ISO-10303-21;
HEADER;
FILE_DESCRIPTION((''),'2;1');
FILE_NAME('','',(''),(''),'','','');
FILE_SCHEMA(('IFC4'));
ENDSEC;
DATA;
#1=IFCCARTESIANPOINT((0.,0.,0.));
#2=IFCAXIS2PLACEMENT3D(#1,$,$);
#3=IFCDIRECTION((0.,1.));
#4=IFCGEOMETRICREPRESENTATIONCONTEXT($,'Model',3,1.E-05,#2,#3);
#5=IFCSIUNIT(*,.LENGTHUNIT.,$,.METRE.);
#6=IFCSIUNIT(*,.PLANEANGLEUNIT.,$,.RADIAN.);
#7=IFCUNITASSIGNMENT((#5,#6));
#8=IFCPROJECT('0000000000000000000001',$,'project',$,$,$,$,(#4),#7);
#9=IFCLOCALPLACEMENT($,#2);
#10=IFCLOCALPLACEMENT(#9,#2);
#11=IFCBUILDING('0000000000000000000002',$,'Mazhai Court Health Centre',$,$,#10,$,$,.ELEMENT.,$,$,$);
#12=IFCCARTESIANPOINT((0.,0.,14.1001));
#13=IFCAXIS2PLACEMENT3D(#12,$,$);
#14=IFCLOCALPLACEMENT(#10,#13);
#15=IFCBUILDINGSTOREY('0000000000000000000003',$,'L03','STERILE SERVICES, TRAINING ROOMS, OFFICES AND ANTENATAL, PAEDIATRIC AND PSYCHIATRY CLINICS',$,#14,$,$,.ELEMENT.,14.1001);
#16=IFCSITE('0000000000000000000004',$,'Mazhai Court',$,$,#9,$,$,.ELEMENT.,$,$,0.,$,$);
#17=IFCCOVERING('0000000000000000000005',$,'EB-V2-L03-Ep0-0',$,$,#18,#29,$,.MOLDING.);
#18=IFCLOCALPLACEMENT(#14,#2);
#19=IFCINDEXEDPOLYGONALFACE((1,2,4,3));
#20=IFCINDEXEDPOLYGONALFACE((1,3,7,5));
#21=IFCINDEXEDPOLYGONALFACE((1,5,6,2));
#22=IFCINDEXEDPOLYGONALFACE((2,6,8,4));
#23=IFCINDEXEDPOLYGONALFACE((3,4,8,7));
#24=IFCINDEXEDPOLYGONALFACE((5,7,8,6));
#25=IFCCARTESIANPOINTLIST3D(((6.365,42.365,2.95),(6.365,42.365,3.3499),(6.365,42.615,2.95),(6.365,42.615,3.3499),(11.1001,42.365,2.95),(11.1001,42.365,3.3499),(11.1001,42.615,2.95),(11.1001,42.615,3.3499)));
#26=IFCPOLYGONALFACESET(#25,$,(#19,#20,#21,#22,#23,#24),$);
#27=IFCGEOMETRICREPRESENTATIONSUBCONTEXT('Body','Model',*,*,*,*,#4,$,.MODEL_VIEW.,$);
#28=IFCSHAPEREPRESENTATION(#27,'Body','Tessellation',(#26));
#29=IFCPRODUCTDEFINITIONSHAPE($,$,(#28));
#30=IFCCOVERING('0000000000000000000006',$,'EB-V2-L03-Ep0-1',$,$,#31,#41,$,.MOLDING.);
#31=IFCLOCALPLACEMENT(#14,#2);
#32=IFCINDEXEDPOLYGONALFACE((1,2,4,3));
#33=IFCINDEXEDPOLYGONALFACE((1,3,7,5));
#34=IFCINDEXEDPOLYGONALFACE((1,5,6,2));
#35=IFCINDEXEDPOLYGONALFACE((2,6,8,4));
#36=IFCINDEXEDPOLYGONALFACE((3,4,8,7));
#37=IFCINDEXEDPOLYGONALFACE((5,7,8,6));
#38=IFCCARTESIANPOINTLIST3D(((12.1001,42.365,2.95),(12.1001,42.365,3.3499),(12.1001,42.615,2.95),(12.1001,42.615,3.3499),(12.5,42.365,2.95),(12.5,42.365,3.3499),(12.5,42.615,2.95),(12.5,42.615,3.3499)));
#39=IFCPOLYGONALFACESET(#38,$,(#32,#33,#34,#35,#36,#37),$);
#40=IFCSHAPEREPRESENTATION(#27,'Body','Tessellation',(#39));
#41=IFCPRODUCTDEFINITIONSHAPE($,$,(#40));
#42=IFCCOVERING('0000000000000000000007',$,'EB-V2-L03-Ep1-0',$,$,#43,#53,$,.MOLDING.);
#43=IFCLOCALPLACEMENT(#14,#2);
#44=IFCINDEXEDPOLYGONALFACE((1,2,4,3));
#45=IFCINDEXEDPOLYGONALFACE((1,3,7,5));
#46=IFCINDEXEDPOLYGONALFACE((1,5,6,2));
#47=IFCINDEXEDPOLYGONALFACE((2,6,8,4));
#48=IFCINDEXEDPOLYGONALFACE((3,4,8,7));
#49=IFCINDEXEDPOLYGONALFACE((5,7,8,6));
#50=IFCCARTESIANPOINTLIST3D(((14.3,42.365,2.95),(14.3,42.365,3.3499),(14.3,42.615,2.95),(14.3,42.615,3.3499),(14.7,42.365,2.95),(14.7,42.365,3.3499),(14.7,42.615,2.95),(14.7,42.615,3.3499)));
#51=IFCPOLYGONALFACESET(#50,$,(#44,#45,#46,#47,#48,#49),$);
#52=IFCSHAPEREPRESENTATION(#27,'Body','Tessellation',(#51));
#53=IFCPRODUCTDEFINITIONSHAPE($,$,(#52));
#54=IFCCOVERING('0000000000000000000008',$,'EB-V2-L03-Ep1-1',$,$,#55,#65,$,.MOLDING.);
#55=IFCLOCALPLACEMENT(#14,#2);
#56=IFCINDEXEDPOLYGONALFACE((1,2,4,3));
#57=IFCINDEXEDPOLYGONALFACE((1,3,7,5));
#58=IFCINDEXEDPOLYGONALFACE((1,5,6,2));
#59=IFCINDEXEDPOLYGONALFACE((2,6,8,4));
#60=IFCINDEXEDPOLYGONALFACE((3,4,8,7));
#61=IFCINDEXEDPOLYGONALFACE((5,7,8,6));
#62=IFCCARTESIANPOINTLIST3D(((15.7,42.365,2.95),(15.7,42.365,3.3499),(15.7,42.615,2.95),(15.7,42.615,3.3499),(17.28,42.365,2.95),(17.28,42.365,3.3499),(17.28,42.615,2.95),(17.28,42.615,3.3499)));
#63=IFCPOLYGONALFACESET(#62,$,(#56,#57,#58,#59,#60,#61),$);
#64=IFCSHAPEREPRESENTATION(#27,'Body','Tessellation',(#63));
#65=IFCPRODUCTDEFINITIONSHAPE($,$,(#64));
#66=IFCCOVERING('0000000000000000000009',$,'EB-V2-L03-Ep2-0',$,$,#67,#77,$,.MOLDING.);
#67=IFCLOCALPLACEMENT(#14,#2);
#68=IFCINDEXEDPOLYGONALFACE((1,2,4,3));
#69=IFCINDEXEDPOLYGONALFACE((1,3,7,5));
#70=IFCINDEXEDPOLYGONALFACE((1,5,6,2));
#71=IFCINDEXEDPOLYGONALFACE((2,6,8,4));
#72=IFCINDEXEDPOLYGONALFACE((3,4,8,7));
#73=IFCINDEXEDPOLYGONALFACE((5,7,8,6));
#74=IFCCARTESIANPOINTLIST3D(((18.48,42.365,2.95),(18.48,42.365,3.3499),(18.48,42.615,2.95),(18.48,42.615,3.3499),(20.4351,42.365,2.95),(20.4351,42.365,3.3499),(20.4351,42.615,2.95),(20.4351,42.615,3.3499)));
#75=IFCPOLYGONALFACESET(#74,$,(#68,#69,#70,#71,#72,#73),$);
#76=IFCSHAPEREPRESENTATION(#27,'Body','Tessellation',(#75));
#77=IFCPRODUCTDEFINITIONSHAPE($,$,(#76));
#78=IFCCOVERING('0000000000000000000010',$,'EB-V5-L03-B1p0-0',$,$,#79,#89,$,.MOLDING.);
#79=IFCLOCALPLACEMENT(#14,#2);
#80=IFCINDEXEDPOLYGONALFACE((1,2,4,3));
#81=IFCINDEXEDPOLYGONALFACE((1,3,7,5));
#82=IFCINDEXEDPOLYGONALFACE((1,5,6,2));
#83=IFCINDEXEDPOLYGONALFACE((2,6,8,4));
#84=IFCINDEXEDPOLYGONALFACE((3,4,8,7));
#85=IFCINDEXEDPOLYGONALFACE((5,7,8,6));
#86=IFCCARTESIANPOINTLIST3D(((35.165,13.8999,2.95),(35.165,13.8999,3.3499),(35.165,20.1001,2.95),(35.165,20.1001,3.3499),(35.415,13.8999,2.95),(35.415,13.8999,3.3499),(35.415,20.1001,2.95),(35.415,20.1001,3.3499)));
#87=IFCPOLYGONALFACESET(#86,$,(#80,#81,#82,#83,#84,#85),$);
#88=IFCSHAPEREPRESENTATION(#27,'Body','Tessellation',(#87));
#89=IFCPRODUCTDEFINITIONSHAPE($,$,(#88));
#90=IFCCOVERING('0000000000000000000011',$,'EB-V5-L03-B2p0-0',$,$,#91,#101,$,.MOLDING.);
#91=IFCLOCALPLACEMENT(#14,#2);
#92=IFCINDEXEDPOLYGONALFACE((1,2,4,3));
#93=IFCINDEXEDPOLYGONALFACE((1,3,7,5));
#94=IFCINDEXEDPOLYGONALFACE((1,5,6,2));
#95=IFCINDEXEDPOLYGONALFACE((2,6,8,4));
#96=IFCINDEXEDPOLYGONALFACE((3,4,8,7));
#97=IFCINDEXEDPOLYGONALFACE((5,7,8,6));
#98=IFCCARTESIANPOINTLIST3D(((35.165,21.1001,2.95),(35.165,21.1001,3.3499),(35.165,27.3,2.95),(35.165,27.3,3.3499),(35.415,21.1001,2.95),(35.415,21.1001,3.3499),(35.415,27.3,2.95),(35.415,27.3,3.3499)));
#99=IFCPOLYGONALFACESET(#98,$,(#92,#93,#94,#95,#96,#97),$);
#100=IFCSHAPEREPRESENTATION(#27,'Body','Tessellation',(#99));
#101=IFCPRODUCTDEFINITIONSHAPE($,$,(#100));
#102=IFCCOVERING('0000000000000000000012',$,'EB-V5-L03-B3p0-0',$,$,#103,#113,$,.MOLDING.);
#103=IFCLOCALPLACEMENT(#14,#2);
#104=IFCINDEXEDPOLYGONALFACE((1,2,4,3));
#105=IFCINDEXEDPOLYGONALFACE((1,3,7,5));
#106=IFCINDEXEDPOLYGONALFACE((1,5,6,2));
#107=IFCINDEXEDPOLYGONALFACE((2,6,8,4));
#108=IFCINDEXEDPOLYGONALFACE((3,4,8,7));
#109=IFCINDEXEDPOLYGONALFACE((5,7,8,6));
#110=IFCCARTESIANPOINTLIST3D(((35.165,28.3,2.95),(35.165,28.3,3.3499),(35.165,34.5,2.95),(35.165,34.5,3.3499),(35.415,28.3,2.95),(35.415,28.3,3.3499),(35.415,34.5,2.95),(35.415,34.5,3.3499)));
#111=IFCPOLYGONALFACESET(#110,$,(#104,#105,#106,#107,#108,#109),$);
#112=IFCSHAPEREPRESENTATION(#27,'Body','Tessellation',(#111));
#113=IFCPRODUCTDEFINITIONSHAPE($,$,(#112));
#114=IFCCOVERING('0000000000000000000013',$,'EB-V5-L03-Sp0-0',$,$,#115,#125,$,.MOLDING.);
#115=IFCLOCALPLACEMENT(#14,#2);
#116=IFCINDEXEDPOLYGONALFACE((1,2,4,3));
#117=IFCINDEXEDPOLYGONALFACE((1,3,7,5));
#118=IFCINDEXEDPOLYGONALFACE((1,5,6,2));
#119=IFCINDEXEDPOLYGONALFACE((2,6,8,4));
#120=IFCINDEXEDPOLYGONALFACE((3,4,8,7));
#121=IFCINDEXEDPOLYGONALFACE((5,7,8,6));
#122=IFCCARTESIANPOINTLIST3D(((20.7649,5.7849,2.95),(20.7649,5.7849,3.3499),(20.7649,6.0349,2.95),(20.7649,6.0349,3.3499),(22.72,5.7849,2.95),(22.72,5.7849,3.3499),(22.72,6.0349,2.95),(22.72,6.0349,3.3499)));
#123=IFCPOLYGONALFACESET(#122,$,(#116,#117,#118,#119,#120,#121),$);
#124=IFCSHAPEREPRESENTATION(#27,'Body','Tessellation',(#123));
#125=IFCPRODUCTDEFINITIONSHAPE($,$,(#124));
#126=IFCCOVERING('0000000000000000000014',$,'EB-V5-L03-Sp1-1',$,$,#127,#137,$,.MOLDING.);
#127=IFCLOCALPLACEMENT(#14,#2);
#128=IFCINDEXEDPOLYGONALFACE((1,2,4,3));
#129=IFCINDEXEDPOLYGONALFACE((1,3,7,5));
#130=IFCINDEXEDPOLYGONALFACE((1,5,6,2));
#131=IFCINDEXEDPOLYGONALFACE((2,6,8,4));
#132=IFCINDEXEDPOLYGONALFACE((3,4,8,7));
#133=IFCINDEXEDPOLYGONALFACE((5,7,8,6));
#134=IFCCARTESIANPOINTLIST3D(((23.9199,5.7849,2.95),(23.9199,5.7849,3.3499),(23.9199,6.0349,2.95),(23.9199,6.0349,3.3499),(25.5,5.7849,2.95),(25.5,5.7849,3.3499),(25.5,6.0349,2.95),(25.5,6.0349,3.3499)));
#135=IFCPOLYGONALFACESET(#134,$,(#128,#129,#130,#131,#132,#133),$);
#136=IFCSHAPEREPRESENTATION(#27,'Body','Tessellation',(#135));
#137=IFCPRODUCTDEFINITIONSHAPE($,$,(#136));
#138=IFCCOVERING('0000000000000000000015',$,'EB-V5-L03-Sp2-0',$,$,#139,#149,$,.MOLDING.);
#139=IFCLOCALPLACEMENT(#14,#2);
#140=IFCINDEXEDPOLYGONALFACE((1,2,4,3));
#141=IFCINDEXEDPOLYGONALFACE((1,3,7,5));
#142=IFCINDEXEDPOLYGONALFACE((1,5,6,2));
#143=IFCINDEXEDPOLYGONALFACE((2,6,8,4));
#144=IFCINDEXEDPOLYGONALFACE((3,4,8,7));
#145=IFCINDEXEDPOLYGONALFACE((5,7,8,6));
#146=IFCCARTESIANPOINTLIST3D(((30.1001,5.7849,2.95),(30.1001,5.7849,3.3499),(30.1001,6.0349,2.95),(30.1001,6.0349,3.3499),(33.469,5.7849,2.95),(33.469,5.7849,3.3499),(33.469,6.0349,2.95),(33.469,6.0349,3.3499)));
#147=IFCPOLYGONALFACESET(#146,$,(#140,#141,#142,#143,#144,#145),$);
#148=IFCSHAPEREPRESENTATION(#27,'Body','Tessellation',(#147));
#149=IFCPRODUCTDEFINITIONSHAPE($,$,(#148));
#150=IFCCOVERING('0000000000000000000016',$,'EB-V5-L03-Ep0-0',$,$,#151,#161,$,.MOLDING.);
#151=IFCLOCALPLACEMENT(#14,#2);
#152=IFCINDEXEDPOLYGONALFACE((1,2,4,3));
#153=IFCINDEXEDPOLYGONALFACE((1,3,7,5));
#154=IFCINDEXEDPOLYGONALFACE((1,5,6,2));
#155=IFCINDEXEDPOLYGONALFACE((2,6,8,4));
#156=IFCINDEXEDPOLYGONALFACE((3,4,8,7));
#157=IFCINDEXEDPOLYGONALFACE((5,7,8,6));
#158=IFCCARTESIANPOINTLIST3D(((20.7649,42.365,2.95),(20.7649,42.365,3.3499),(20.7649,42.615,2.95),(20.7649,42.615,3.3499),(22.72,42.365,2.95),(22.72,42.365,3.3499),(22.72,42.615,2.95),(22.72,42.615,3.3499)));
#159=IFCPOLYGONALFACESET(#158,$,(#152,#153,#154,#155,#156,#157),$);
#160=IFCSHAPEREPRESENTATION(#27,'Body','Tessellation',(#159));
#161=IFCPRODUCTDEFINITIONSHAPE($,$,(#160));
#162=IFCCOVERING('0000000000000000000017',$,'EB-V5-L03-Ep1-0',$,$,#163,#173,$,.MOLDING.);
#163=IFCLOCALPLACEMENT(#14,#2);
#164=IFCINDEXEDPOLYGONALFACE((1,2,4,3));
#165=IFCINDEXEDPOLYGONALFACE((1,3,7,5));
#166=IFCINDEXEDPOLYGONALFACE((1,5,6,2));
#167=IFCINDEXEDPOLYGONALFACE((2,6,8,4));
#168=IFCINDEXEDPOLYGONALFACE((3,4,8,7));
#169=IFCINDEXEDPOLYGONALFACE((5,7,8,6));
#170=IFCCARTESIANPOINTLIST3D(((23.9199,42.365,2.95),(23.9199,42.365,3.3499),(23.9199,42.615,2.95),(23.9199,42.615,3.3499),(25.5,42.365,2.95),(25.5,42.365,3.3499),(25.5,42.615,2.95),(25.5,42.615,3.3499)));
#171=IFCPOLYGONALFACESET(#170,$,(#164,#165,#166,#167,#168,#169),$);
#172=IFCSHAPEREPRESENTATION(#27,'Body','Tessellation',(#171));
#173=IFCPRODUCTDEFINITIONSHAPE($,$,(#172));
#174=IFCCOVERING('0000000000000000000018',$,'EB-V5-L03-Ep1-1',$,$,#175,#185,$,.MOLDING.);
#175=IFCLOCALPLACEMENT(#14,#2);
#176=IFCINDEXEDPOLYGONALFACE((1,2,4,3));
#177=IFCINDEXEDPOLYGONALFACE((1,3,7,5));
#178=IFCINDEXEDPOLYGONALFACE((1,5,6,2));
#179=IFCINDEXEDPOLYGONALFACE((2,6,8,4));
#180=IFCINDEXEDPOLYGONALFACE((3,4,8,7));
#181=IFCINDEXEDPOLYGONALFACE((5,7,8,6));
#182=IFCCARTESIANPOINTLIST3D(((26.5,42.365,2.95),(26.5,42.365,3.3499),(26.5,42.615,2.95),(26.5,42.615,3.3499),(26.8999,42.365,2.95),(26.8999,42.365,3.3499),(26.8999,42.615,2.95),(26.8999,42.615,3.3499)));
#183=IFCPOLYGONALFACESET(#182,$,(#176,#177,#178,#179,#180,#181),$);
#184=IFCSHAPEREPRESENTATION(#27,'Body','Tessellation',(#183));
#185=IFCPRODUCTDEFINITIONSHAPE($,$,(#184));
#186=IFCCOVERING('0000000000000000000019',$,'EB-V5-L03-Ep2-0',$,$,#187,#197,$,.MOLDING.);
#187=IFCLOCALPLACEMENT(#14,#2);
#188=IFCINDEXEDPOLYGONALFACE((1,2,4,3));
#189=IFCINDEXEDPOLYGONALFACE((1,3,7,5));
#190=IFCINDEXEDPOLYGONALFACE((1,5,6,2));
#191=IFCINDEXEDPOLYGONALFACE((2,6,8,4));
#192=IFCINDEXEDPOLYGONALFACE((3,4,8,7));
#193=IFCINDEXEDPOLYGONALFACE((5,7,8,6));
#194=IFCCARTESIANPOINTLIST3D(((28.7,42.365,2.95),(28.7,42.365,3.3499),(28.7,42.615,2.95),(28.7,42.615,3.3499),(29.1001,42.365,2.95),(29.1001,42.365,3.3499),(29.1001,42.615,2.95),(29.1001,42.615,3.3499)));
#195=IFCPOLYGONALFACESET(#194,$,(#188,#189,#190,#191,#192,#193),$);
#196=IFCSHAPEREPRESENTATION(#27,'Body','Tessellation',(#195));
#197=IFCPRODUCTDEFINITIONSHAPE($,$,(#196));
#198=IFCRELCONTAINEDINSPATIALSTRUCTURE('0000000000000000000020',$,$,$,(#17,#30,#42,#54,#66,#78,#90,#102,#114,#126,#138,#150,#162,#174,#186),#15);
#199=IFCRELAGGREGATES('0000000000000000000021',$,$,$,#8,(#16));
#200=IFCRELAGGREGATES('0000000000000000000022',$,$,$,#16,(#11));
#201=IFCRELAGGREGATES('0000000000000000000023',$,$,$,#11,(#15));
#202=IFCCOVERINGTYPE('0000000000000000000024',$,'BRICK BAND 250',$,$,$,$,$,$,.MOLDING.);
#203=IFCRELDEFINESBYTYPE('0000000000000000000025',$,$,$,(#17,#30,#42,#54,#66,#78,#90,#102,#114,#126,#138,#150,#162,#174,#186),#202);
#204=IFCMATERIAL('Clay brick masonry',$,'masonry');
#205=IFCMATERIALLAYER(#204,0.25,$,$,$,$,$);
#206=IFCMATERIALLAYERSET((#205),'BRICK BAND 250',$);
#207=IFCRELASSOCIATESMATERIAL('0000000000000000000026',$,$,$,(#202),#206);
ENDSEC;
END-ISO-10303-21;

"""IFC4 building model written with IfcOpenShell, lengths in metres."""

from ifc_helpers import new_model, si_unit, direction, frame, origin, place, context, subcontext, project, spatial, polyline, outline, extrude, material, layer, layer_set, type_object, element, save


model = new_model("IFC4")

# Units and contexts
model_context = context("Model", 3, precision=1e-05, world=origin(), true_north=direction((0.0, 1.0)))
body_context = subcontext(model_context, "Body", "Model", "MODEL_VIEW")
ifc_project = project(units=[si_unit("LENGTHUNIT", "METRE"), si_unit("PLANEANGLEUNIT", "RADIAN")], contexts=[model_context])

# Site, building, storey
site_placement = place(None, origin())
site = spatial("IfcSite", under=ifc_project, at=site_placement, Name="Mazhai Court", CompositionType="ELEMENT", RefElevation=0.0)
building_placement = place(site_placement, origin())
building = spatial("IfcBuilding", under=site, at=building_placement, Name="Mazhai Court Health Centre", CompositionType="ELEMENT")
storey_placement = place(building_placement, frame((0.0, 0.0, 14.1001)))
storey = spatial("IfcBuildingStorey", under=building, at=storey_placement, Name="L03", Description="STERILE SERVICES, TRAINING ROOMS, OFFICES AND ANTENATAL, PAEDIATRIC AND PSYCHIATRY CLINICS", CompositionType="ELEMENT", Elevation=14.1001)

# Coverings
ifc_material_1 = material(Name="Clay brick masonry", Category="masonry")
ifc_layer_1 = layer(ifc_material_1, 0.25)
ifc_layer_set_1 = layer_set([ifc_layer_1], Name="BRICK BAND 250")
covering_type_1 = type_object("IfcCoveringType", Name="BRICK BAND 250", PredefinedType="MOLDING", material=ifc_layer_set_1)
covering_1_placement = place(storey_placement, frame((0.0, 0.0, 2.95)))
element("IfcCovering", 1, at=covering_1_placement, inside=storey, type_object=covering_type_1, Name="EB-V2-L03-Ep0-0", PredefinedType="MOLDING", context=body_context, shape_type="SweptSolid", body=[
    extrude(outline(polyline([(6.365, 42.365), (11.1001, 42.365), (11.1001, 42.615), (6.365, 42.615), (6.365, 42.365)])), origin(), (0.0, 0.0, 1.0), 0.3999),
])
covering_2_placement = place(storey_placement, frame((0.0, 0.0, 2.95)))
element("IfcCovering", 2, at=covering_2_placement, inside=storey, type_object=covering_type_1, Name="EB-V2-L03-Ep0-1", PredefinedType="MOLDING", context=body_context, shape_type="SweptSolid", body=[
    extrude(outline(polyline([(12.1001, 42.365), (12.5, 42.365), (12.5, 42.615), (12.1001, 42.615), (12.1001, 42.365)])), origin(), (0.0, 0.0, 1.0), 0.3999),
])
covering_3_placement = place(storey_placement, frame((0.0, 0.0, 2.95)))
element("IfcCovering", 3, at=covering_3_placement, inside=storey, type_object=covering_type_1, Name="EB-V2-L03-Ep1-0", PredefinedType="MOLDING", context=body_context, shape_type="SweptSolid", body=[
    extrude(outline(polyline([(14.3, 42.365), (14.7, 42.365), (14.7, 42.615), (14.3, 42.615), (14.3, 42.365)])), origin(), (0.0, 0.0, 1.0), 0.3999),
])
covering_4_placement = place(storey_placement, frame((0.0, 0.0, 2.95)))
element("IfcCovering", 4, at=covering_4_placement, inside=storey, type_object=covering_type_1, Name="EB-V2-L03-Ep1-1", PredefinedType="MOLDING", context=body_context, shape_type="SweptSolid", body=[
    extrude(outline(polyline([(15.7, 42.365), (17.28, 42.365), (17.28, 42.615), (15.7, 42.615), (15.7, 42.365)])), origin(), (0.0, 0.0, 1.0), 0.3999),
])
covering_5_placement = place(storey_placement, frame((0.0, 0.0, 2.95)))
element("IfcCovering", 5, at=covering_5_placement, inside=storey, type_object=covering_type_1, Name="EB-V2-L03-Ep2-0", PredefinedType="MOLDING", context=body_context, shape_type="SweptSolid", body=[
    extrude(outline(polyline([(18.48, 42.365), (20.4351, 42.365), (20.4351, 42.615), (18.48, 42.615), (18.48, 42.365)])), origin(), (0.0, 0.0, 1.0), 0.3999),
])
covering_6_placement = place(storey_placement, frame((0.0, 0.0, 2.95)))
element("IfcCovering", 6, at=covering_6_placement, inside=storey, type_object=covering_type_1, Name="EB-V5-L03-B1p0-0", PredefinedType="MOLDING", context=body_context, shape_type="SweptSolid", body=[
    extrude(outline(polyline([(35.165, 20.1001), (35.165, 13.8999), (35.415, 13.8999), (35.415, 20.1001), (35.165, 20.1001)])), origin(), (0.0, 0.0, 1.0), 0.3999),
])
covering_7_placement = place(storey_placement, frame((0.0, 0.0, 2.95)))
element("IfcCovering", 7, at=covering_7_placement, inside=storey, type_object=covering_type_1, Name="EB-V5-L03-B2p0-0", PredefinedType="MOLDING", context=body_context, shape_type="SweptSolid", body=[
    extrude(outline(polyline([(35.165, 27.3), (35.165, 21.1001), (35.415, 21.1001), (35.415, 27.3), (35.165, 27.3)])), origin(), (0.0, 0.0, 1.0), 0.3999),
])
covering_8_placement = place(storey_placement, frame((0.0, 0.0, 2.95)))
element("IfcCovering", 8, at=covering_8_placement, inside=storey, type_object=covering_type_1, Name="EB-V5-L03-B3p0-0", PredefinedType="MOLDING", context=body_context, shape_type="SweptSolid", body=[
    extrude(outline(polyline([(35.165, 34.5), (35.165, 28.3), (35.415, 28.3), (35.415, 34.5), (35.165, 34.5)])), origin(), (0.0, 0.0, 1.0), 0.3999),
])
covering_9_placement = place(storey_placement, frame((0.0, 0.0, 2.95)))
element("IfcCovering", 9, at=covering_9_placement, inside=storey, type_object=covering_type_1, Name="EB-V5-L03-Sp0-0", PredefinedType="MOLDING", context=body_context, shape_type="SweptSolid", body=[
    extrude(outline(polyline([(22.72, 6.0349), (20.7649, 6.0349), (20.7649, 5.7849), (22.72, 5.7849), (22.72, 6.0349)])), origin(), (0.0, 0.0, 1.0), 0.3999),
])
covering_10_placement = place(storey_placement, frame((0.0, 0.0, 2.95)))
element("IfcCovering", 10, at=covering_10_placement, inside=storey, type_object=covering_type_1, Name="EB-V5-L03-Sp1-1", PredefinedType="MOLDING", context=body_context, shape_type="SweptSolid", body=[
    extrude(outline(polyline([(25.5, 6.0349), (23.9199, 6.0349), (23.9199, 5.7849), (25.5, 5.7849), (25.5, 6.0349)])), origin(), (0.0, 0.0, 1.0), 0.3999),
])
covering_11_placement = place(storey_placement, frame((0.0, 0.0, 2.95)))
element("IfcCovering", 11, at=covering_11_placement, inside=storey, type_object=covering_type_1, Name="EB-V5-L03-Sp2-0", PredefinedType="MOLDING", context=body_context, shape_type="SweptSolid", body=[
    extrude(outline(polyline([(33.469, 6.0349), (30.1001, 6.0349), (30.1001, 5.7849), (33.469, 5.7849), (33.469, 6.0349)])), origin(), (0.0, 0.0, 1.0), 0.3999),
])
covering_12_placement = place(storey_placement, frame((0.0, 0.0, 2.95)))
element("IfcCovering", 12, at=covering_12_placement, inside=storey, type_object=covering_type_1, Name="EB-V5-L03-Ep0-0", PredefinedType="MOLDING", context=body_context, shape_type="SweptSolid", body=[
    extrude(outline(polyline([(20.7649, 42.365), (22.72, 42.365), (22.72, 42.615), (20.7649, 42.615), (20.7649, 42.365)])), origin(), (0.0, 0.0, 1.0), 0.3999),
])
covering_13_placement = place(storey_placement, frame((0.0, 0.0, 2.95)))
element("IfcCovering", 13, at=covering_13_placement, inside=storey, type_object=covering_type_1, Name="EB-V5-L03-Ep1-0", PredefinedType="MOLDING", context=body_context, shape_type="SweptSolid", body=[
    extrude(outline(polyline([(23.9199, 42.365), (25.5, 42.365), (25.5, 42.615), (23.9199, 42.615), (23.9199, 42.365)])), origin(), (0.0, 0.0, 1.0), 0.3999),
])
covering_14_placement = place(storey_placement, frame((0.0, 0.0, 2.95)))
element("IfcCovering", 14, at=covering_14_placement, inside=storey, type_object=covering_type_1, Name="EB-V5-L03-Ep1-1", PredefinedType="MOLDING", context=body_context, shape_type="SweptSolid", body=[
    extrude(outline(polyline([(26.5, 42.365), (26.8999, 42.365), (26.8999, 42.615), (26.5, 42.615), (26.5, 42.365)])), origin(), (0.0, 0.0, 1.0), 0.3999),
])
covering_15_placement = place(storey_placement, frame((0.0, 0.0, 2.95)))
element("IfcCovering", 15, at=covering_15_placement, inside=storey, type_object=covering_type_1, Name="EB-V5-L03-Ep2-0", PredefinedType="MOLDING", context=body_context, shape_type="SweptSolid", body=[
    extrude(outline(polyline([(28.7, 42.365), (29.1001, 42.365), (29.1001, 42.615), (28.7, 42.615), (28.7, 42.365)])), origin(), (0.0, 0.0, 1.0), 0.3999),
])

save(model, "model.ifc")
